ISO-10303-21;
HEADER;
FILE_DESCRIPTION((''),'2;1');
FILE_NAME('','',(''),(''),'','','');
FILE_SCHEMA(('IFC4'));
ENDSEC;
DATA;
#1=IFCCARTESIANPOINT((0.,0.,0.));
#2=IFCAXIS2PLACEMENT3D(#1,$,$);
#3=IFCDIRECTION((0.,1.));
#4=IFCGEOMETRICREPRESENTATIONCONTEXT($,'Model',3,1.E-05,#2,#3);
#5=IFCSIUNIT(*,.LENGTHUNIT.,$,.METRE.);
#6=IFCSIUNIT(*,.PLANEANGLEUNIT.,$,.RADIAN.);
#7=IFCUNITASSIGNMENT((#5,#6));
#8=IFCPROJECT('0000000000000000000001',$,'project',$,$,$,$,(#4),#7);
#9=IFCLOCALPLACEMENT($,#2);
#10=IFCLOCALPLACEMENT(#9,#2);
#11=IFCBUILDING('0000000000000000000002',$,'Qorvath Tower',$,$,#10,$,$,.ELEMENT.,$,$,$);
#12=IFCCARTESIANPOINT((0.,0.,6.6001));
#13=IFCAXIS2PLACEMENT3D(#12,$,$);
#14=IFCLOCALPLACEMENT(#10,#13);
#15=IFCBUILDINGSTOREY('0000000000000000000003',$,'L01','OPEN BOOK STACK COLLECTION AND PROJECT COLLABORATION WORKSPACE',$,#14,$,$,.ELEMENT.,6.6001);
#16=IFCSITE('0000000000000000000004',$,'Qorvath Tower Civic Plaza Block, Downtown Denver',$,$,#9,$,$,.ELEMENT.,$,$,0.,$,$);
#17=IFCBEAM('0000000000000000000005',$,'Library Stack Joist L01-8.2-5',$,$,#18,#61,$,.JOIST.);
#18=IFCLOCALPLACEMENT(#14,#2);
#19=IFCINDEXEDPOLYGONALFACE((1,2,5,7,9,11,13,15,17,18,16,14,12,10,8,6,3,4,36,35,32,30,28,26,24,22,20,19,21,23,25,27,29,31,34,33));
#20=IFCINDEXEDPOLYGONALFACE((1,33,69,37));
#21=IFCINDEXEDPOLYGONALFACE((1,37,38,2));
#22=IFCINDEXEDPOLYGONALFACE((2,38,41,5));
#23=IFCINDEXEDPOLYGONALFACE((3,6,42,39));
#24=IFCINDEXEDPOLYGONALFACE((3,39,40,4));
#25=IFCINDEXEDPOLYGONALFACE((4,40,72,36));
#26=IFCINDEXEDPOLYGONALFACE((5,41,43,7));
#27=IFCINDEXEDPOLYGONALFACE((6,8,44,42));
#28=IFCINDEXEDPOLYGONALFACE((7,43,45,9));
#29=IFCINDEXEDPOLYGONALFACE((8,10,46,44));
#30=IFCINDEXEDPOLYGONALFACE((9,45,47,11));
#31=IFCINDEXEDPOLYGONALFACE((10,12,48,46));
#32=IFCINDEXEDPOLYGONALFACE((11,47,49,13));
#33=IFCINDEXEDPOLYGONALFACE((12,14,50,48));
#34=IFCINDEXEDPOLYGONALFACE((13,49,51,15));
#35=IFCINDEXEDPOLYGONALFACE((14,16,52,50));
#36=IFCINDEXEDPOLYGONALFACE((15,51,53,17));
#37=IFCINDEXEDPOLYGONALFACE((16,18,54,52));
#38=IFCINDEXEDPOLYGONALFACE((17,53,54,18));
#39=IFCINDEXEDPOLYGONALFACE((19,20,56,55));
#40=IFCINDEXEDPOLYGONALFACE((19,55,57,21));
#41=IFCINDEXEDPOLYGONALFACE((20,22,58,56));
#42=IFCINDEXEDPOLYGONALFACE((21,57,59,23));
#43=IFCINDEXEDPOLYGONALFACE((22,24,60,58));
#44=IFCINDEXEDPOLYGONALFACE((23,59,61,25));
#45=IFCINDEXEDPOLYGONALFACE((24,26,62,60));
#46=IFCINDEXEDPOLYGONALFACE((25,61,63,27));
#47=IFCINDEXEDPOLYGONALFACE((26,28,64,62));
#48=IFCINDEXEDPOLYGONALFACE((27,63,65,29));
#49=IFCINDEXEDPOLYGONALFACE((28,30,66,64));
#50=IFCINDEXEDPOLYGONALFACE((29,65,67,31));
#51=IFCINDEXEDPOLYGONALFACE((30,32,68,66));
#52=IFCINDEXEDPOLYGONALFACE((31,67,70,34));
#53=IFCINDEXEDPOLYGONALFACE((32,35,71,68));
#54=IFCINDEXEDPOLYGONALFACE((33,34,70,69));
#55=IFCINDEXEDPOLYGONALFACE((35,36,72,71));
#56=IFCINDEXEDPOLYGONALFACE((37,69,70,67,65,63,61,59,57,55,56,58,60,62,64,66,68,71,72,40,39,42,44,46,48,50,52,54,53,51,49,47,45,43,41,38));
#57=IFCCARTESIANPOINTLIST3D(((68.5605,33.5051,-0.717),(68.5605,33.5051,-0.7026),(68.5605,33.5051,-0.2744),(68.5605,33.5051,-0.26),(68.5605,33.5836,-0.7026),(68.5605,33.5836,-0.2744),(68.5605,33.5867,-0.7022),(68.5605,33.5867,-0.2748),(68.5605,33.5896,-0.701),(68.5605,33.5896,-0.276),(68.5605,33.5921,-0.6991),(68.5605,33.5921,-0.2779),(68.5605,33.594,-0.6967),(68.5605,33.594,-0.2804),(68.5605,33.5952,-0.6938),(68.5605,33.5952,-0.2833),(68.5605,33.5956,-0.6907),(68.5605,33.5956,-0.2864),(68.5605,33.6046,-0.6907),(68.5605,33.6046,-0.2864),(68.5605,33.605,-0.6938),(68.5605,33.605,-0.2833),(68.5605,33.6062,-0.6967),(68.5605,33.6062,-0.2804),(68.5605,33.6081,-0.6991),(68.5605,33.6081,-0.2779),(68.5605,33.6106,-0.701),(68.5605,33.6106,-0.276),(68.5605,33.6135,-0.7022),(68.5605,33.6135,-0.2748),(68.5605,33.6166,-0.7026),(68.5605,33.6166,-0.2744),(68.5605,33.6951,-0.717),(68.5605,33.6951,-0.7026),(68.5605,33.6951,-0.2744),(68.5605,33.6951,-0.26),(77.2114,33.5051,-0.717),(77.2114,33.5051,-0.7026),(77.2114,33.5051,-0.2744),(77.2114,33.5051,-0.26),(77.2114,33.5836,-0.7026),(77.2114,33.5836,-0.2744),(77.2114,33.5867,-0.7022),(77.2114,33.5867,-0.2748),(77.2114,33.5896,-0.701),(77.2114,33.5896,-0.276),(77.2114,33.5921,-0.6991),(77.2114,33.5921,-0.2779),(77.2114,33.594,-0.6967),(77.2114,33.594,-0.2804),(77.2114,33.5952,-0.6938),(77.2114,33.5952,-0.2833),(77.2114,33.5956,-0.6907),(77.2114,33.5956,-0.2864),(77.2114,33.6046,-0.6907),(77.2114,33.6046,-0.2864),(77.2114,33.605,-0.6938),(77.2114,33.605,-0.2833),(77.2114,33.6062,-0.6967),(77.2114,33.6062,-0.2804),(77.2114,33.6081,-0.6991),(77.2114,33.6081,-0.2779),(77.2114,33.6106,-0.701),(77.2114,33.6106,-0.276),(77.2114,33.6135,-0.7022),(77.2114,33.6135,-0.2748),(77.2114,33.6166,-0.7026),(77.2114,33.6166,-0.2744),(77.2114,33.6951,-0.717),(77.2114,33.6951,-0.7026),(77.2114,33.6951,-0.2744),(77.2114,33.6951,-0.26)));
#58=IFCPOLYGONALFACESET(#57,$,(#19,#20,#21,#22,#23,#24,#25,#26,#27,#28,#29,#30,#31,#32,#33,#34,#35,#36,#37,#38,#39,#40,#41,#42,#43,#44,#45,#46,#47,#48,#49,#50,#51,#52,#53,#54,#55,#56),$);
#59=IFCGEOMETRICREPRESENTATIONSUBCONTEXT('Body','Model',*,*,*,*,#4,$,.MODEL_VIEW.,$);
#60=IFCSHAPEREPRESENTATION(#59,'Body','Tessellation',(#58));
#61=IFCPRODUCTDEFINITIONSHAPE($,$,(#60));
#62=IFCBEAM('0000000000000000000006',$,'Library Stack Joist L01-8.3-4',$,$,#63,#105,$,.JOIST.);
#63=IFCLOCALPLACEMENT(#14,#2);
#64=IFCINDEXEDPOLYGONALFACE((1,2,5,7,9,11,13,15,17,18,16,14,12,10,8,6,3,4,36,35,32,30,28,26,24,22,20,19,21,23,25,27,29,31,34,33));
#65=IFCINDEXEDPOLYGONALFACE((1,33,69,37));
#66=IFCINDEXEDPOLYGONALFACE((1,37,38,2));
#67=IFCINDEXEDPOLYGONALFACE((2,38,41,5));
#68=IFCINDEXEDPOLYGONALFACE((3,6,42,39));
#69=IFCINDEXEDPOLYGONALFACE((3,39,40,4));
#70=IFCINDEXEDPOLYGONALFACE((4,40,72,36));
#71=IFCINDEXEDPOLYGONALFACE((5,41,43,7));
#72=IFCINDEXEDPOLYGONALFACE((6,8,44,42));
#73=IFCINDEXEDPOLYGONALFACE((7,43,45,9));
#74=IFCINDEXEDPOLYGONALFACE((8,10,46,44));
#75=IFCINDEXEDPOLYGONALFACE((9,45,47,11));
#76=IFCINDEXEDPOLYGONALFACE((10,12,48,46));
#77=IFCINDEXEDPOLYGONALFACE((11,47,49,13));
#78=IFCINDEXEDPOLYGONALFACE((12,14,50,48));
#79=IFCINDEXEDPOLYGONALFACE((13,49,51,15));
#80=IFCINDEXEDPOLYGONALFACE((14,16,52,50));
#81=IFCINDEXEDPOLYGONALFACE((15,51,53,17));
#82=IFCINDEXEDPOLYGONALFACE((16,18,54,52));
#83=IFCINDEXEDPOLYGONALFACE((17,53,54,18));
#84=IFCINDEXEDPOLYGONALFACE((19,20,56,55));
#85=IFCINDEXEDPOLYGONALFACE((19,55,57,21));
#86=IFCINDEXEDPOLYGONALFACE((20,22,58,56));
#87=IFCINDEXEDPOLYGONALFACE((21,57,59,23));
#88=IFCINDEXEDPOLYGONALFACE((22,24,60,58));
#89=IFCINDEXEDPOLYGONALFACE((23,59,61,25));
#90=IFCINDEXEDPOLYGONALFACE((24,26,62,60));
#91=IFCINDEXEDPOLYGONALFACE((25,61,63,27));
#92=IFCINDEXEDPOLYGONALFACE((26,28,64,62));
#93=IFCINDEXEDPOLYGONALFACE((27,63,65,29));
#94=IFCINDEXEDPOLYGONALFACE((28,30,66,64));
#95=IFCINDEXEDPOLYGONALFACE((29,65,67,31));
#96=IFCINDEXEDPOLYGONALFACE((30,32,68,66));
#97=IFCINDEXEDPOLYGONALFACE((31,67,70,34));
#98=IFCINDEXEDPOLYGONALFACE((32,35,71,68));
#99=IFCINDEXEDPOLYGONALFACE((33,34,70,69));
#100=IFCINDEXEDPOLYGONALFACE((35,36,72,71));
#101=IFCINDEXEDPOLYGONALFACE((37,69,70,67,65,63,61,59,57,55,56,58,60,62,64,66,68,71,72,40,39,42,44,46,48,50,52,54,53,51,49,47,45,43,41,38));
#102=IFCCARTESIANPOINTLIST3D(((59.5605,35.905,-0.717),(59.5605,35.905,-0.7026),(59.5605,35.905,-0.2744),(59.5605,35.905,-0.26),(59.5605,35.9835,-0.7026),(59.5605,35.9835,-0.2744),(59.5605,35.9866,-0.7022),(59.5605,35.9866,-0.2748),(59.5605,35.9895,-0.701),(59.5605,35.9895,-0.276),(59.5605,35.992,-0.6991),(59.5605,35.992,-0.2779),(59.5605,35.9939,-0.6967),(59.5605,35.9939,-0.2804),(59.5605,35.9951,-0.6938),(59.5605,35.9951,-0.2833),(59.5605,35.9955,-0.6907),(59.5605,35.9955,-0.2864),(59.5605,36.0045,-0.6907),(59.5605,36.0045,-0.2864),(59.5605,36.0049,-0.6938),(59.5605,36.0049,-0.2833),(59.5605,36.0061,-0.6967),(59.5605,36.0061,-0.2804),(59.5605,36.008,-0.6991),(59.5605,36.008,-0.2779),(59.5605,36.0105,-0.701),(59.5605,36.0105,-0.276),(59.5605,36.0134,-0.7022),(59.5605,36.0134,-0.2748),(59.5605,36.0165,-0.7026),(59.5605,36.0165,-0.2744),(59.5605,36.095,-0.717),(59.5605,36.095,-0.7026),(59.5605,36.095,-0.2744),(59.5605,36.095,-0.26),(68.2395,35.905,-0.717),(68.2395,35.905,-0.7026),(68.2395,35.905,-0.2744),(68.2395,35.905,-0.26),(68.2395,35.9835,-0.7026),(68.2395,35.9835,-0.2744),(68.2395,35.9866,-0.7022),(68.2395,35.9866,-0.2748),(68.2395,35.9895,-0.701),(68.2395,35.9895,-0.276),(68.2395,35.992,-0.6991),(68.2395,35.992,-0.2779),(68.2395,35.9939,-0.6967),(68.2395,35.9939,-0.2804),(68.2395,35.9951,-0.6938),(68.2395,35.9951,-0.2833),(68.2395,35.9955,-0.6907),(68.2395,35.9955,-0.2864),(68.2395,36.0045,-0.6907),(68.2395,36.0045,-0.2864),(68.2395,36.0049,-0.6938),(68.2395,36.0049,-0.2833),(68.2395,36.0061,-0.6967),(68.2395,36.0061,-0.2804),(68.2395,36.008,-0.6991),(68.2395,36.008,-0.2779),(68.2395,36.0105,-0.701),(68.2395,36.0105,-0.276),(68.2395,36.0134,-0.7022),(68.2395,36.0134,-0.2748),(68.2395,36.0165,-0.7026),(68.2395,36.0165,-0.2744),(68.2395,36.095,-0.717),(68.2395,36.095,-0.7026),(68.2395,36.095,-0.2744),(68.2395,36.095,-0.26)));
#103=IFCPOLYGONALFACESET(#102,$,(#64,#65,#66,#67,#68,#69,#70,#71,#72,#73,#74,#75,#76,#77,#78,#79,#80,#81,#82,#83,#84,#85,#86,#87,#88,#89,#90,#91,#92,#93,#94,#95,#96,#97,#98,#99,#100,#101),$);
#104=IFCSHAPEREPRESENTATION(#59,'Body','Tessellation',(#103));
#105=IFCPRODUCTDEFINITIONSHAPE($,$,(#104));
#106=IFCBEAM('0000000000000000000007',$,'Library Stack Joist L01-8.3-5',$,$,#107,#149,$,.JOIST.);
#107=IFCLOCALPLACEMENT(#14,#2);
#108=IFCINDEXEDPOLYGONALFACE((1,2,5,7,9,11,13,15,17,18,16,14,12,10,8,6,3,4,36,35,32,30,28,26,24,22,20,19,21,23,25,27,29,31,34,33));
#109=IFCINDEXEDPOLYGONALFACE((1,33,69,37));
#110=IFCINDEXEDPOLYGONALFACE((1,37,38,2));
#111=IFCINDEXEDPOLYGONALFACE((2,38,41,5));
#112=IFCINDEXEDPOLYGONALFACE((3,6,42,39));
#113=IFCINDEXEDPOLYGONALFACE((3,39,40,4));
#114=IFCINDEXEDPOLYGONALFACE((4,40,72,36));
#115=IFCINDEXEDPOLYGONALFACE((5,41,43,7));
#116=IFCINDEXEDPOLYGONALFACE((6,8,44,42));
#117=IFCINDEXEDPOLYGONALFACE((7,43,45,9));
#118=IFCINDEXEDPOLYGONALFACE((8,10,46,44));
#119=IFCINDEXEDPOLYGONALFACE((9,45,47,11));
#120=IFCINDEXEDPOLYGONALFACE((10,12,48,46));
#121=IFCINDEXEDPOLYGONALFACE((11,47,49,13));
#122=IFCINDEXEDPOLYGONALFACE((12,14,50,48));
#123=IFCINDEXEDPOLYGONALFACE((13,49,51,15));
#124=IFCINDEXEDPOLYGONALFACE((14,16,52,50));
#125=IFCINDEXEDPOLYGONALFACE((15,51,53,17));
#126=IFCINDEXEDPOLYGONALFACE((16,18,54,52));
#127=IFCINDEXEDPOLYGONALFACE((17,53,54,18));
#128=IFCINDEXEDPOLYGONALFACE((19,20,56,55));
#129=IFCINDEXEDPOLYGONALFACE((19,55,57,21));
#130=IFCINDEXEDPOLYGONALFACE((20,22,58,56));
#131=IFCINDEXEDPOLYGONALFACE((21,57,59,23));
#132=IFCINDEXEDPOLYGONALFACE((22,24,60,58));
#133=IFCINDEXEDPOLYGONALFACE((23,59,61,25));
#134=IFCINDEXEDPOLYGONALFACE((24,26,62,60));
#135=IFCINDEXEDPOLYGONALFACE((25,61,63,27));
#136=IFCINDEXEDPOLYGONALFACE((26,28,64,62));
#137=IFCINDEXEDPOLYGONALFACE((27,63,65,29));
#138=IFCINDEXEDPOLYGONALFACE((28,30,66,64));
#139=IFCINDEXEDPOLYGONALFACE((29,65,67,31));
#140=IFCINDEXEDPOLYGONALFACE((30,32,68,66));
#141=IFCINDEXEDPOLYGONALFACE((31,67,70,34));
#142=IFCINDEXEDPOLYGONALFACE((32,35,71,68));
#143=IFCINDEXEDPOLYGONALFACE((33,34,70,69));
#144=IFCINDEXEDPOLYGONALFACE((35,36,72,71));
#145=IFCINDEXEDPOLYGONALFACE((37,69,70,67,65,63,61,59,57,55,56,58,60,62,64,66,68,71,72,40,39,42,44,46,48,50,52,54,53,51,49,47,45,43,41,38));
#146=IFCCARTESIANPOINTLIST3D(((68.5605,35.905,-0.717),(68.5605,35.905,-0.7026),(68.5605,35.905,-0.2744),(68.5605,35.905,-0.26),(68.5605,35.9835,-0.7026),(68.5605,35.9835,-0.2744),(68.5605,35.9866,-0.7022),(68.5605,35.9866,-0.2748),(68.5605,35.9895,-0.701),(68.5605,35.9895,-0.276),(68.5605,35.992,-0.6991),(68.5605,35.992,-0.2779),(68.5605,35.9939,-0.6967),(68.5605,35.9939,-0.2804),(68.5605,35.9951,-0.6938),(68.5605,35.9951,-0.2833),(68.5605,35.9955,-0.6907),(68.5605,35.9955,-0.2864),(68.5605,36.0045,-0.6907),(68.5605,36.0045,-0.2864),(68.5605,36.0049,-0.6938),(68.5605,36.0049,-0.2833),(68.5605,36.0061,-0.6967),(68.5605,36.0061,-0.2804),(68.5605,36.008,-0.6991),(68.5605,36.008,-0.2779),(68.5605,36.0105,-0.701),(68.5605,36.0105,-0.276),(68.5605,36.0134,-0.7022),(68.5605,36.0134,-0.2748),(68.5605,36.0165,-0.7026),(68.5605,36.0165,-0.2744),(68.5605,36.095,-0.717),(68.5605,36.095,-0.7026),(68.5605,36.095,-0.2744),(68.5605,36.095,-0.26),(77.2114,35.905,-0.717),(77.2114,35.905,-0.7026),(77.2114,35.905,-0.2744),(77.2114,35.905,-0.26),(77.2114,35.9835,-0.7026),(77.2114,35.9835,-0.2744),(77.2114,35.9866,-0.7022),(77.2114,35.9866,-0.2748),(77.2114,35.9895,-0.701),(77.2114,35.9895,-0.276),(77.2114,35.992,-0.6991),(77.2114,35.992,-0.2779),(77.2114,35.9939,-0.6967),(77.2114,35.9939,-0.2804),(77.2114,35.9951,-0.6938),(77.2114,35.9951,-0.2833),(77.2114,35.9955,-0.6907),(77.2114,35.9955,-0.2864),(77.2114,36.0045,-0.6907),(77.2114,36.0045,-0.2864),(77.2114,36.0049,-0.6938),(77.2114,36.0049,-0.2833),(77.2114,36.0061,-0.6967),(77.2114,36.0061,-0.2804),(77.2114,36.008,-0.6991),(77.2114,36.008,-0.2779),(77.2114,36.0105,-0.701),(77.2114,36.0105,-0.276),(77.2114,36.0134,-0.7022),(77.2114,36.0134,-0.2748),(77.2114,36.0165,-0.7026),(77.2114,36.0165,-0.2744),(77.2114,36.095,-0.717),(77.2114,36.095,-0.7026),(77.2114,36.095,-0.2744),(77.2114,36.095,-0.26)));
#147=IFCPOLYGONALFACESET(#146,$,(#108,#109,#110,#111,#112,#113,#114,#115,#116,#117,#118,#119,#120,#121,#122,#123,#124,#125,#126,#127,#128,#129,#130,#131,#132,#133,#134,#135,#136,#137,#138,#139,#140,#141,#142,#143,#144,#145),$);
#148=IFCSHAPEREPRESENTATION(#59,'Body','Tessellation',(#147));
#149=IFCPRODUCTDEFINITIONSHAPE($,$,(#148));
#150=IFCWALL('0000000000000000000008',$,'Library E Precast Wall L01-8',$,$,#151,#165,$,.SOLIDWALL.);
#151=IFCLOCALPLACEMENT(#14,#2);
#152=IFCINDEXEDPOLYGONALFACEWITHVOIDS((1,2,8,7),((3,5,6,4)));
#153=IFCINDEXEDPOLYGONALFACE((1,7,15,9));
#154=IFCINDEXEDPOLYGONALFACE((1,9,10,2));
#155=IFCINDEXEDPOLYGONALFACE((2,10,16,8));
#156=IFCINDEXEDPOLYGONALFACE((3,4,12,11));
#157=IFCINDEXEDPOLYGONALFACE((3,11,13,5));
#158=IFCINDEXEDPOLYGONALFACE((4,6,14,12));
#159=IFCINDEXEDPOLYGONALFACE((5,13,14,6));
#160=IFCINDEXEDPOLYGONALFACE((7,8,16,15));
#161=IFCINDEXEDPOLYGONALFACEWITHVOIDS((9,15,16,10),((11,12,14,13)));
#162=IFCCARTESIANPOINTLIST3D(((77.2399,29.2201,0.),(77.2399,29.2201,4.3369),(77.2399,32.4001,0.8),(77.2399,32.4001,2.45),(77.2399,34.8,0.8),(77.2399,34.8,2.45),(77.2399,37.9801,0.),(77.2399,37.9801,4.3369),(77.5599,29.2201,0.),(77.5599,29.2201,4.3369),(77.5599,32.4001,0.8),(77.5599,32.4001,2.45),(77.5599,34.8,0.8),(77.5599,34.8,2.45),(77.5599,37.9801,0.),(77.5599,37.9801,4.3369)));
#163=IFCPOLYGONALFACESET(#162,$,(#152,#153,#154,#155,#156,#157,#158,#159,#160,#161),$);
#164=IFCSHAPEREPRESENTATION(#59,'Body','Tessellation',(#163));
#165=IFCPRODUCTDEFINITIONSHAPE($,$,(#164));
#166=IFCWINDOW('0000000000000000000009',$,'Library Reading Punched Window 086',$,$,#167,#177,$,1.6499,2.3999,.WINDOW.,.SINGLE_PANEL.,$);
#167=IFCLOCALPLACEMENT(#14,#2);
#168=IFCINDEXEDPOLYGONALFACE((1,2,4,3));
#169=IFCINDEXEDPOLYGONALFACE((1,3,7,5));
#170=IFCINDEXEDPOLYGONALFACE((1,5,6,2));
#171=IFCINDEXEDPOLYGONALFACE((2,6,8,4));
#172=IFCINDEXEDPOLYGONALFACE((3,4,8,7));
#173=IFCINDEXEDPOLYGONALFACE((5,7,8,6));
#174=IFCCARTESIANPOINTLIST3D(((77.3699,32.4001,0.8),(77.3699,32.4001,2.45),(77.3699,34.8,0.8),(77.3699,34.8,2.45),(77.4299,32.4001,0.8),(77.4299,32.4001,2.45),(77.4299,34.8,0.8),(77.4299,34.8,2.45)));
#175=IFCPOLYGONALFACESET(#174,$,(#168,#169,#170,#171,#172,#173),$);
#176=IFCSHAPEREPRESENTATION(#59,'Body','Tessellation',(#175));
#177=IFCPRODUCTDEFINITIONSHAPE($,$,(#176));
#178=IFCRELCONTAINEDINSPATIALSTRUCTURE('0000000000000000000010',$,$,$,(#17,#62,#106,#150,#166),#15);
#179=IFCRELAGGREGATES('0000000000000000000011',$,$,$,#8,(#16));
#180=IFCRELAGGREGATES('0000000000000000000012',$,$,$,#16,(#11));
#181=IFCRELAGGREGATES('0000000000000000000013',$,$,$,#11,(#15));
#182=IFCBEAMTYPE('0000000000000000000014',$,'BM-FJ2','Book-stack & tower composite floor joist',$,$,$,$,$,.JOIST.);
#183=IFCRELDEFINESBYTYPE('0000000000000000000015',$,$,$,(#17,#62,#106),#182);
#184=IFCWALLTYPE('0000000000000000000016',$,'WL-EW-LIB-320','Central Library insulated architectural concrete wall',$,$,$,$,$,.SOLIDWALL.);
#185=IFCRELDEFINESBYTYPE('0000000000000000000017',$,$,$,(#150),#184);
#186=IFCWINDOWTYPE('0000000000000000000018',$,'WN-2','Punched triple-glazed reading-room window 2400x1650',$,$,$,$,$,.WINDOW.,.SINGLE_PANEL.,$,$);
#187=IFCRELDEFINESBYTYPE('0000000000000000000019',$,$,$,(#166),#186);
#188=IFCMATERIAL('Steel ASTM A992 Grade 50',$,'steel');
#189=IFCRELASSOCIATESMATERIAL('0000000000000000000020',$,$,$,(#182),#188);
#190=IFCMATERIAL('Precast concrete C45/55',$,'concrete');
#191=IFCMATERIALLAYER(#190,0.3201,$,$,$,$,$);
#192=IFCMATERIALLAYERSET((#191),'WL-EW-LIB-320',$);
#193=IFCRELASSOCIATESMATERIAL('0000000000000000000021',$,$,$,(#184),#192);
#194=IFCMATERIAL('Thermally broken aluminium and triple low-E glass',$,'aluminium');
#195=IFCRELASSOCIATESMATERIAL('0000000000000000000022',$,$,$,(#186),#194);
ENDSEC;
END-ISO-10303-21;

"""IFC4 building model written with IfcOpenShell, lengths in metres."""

from ifc_helpers import new_model, si_unit, direction, frame, frame_2d, origin, origin_2d, place, context, subcontext, project, spatial, rectangle, i_section, extrude, material, layer, layer_set, material_profile, profile_set, type_object, element, fill, save


model = new_model("IFC4")

# Units and contexts
model_context = context("Model", 3, precision=1e-05, world=origin(), true_north=direction((0.0, 1.0)))
body_context = subcontext(model_context, "Body", "Model", "MODEL_VIEW")
ifc_project = project(units=[si_unit("LENGTHUNIT", "METRE"), si_unit("PLANEANGLEUNIT", "RADIAN")], contexts=[model_context])

# Site, building, storey
site_placement = place(None, origin())
site = spatial("IfcSite", under=ifc_project, at=site_placement, Name="Qorvath Tower Civic Plaza Block, Downtown Denver", CompositionType="ELEMENT", RefElevation=0.0)
building_placement = place(site_placement, origin())
building = spatial("IfcBuilding", under=site, at=building_placement, Name="Qorvath Tower", CompositionType="ELEMENT")
storey_placement = place(building_placement, frame((0.0, 0.0, 6.6001)))
storey = spatial("IfcBuildingStorey", under=building, at=storey_placement, Name="L01", Description="OPEN BOOK STACK COLLECTION AND PROJECT COLLABORATION WORKSPACE", CompositionType="ELEMENT", Elevation=6.6001)

# Beams
ifc_material_1 = material(Name="Steel ASTM A992 Grade 50", Category="steel")
ifc_material_profile_1 = material_profile(ifc_material_1, i_section(OverallWidth=0.1899, OverallDepth=0.457, WebThickness=0.009, FlangeThickness=0.0144, FilletRadius=0.012, at=origin_2d()), Name="W18x50")
ifc_profile_set_1 = profile_set([ifc_material_profile_1], Name="Steel ASTM A992 Grade 50")
beam_type_1 = type_object("IfcBeamType", Name="BM-FJ2", Description="Book-stack & tower composite floor joist", PredefinedType="JOIST", material=ifc_profile_set_1)
beam_1_placement = place(storey_placement, frame((68.5605, 33.6001, -0.4885), z_axis=(1.0, 0.0, 0.0), x_axis=(0.0, 1.0, 0.0)))
element("IfcBeam", 1, at=beam_1_placement, inside=storey, type_object=beam_type_1, Name="Library Stack Joist L01-8.2-5", PredefinedType="JOIST", context=body_context, shape_type="SweptSolid", body=[
    extrude(i_section(OverallWidth=0.1899, OverallDepth=0.457, WebThickness=0.009, FlangeThickness=0.0144, FilletRadius=0.012, at=origin_2d()), origin(), (0.0, 0.0, 1.0), 8.6509),
])
beam_2_placement = place(storey_placement, frame((59.5605, 36.0, -0.4885), z_axis=(1.0, 0.0, 0.0), x_axis=(0.0, 1.0, 0.0)))
element("IfcBeam", 2, at=beam_2_placement, inside=storey, type_object=beam_type_1, Name="Library Stack Joist L01-8.3-4", PredefinedType="JOIST", context=body_context, shape_type="SweptSolid", body=[
    extrude(i_section(OverallWidth=0.1899, OverallDepth=0.457, WebThickness=0.009, FlangeThickness=0.0144, FilletRadius=0.012, at=origin_2d()), origin(), (0.0, 0.0, 1.0), 8.679),
])
beam_3_placement = place(storey_placement, frame((68.5605, 36.0, -0.4885), z_axis=(1.0, 0.0, 0.0), x_axis=(0.0, 1.0, 0.0)))
element("IfcBeam", 3, at=beam_3_placement, inside=storey, type_object=beam_type_1, Name="Library Stack Joist L01-8.3-5", PredefinedType="JOIST", context=body_context, shape_type="SweptSolid", body=[
    extrude(i_section(OverallWidth=0.1899, OverallDepth=0.457, WebThickness=0.009, FlangeThickness=0.0144, FilletRadius=0.012, at=origin_2d()), origin(), (0.0, 0.0, 1.0), 8.6509),
])

# Wall, opening, window
ifc_material_2 = material(Name="Precast concrete C45/55", Category="concrete")
ifc_layer = layer(ifc_material_2, 0.3201)
ifc_layer_set = layer_set([ifc_layer], Name="WL-EW-LIB-320")
wall_type = type_object("IfcWallType", Name="WL-EW-LIB-320", Description="Central Library insulated architectural concrete wall", PredefinedType="SOLIDWALL", material=ifc_layer_set)
wall_1_placement = place(storey_placement, frame((77.3999, 37.98, 0.0), z_axis=(0.0, 0.0, 1.0), x_axis=(0.0, -1.0, 0.0)))
wall_1 = element("IfcWall", 4, at=wall_1_placement, inside=storey, type_object=wall_type, Name="Library E Precast Wall L01-8", PredefinedType="SOLIDWALL", context=body_context, shape_type="SweptSolid", body=[
    extrude(rectangle(XDim=8.76, YDim=0.3201, at=frame_2d((4.3799, 0.0))), origin(), (0.0, 0.0, 1.0), 4.3369),
])
opening_1_placement = place(wall_1_placement, frame((3.1799, 0.0, 0.8)))
opening_1 = element("IfcOpeningElement", 5, at=opening_1_placement, cuts=wall_1, PredefinedType="OPENING", context=body_context, shape_type="SweptSolid", body=[
    extrude(rectangle(XDim=2.3999, YDim=1.6499, at=frame_2d((1.2, 0.825))), frame((0.0, 0.1699, 0.0), z_axis=(0.0, -1.0, 0.0), x_axis=(1.0, 0.0, 0.0)), (0.0, 0.0, 1.0), 0.3401),
])
ifc_material_3 = material(Name="Thermally broken aluminium and triple low-E glass", Category="aluminium")
window_type = type_object("IfcWindowType", Name="WN-2", Description="Punched triple-glazed reading-room window 2400x1650", PartitioningType="SINGLE_PANEL", PredefinedType="WINDOW", material=ifc_material_3)
window_1_placement = place(opening_1_placement, origin())
window_1 = element("IfcWindow", 6, at=window_1_placement, inside=storey, type_object=window_type, Name="Library Reading Punched Window 086", OverallHeight=1.6499, OverallWidth=2.3999, PartitioningType="SINGLE_PANEL", PredefinedType="WINDOW", context=body_context, shape_type="SweptSolid", body=[
    extrude(rectangle(XDim=2.3999, YDim=1.6499, at=frame_2d((1.2, 0.825))), frame((0.0, 0.03, 0.0), z_axis=(0.0, -1.0, 0.0), x_axis=(1.0, 0.0, 0.0)), (0.0, 0.0, 1.0), 0.0601),
])
fill(opening_1, window_1)

save(model, "model.ifc")
